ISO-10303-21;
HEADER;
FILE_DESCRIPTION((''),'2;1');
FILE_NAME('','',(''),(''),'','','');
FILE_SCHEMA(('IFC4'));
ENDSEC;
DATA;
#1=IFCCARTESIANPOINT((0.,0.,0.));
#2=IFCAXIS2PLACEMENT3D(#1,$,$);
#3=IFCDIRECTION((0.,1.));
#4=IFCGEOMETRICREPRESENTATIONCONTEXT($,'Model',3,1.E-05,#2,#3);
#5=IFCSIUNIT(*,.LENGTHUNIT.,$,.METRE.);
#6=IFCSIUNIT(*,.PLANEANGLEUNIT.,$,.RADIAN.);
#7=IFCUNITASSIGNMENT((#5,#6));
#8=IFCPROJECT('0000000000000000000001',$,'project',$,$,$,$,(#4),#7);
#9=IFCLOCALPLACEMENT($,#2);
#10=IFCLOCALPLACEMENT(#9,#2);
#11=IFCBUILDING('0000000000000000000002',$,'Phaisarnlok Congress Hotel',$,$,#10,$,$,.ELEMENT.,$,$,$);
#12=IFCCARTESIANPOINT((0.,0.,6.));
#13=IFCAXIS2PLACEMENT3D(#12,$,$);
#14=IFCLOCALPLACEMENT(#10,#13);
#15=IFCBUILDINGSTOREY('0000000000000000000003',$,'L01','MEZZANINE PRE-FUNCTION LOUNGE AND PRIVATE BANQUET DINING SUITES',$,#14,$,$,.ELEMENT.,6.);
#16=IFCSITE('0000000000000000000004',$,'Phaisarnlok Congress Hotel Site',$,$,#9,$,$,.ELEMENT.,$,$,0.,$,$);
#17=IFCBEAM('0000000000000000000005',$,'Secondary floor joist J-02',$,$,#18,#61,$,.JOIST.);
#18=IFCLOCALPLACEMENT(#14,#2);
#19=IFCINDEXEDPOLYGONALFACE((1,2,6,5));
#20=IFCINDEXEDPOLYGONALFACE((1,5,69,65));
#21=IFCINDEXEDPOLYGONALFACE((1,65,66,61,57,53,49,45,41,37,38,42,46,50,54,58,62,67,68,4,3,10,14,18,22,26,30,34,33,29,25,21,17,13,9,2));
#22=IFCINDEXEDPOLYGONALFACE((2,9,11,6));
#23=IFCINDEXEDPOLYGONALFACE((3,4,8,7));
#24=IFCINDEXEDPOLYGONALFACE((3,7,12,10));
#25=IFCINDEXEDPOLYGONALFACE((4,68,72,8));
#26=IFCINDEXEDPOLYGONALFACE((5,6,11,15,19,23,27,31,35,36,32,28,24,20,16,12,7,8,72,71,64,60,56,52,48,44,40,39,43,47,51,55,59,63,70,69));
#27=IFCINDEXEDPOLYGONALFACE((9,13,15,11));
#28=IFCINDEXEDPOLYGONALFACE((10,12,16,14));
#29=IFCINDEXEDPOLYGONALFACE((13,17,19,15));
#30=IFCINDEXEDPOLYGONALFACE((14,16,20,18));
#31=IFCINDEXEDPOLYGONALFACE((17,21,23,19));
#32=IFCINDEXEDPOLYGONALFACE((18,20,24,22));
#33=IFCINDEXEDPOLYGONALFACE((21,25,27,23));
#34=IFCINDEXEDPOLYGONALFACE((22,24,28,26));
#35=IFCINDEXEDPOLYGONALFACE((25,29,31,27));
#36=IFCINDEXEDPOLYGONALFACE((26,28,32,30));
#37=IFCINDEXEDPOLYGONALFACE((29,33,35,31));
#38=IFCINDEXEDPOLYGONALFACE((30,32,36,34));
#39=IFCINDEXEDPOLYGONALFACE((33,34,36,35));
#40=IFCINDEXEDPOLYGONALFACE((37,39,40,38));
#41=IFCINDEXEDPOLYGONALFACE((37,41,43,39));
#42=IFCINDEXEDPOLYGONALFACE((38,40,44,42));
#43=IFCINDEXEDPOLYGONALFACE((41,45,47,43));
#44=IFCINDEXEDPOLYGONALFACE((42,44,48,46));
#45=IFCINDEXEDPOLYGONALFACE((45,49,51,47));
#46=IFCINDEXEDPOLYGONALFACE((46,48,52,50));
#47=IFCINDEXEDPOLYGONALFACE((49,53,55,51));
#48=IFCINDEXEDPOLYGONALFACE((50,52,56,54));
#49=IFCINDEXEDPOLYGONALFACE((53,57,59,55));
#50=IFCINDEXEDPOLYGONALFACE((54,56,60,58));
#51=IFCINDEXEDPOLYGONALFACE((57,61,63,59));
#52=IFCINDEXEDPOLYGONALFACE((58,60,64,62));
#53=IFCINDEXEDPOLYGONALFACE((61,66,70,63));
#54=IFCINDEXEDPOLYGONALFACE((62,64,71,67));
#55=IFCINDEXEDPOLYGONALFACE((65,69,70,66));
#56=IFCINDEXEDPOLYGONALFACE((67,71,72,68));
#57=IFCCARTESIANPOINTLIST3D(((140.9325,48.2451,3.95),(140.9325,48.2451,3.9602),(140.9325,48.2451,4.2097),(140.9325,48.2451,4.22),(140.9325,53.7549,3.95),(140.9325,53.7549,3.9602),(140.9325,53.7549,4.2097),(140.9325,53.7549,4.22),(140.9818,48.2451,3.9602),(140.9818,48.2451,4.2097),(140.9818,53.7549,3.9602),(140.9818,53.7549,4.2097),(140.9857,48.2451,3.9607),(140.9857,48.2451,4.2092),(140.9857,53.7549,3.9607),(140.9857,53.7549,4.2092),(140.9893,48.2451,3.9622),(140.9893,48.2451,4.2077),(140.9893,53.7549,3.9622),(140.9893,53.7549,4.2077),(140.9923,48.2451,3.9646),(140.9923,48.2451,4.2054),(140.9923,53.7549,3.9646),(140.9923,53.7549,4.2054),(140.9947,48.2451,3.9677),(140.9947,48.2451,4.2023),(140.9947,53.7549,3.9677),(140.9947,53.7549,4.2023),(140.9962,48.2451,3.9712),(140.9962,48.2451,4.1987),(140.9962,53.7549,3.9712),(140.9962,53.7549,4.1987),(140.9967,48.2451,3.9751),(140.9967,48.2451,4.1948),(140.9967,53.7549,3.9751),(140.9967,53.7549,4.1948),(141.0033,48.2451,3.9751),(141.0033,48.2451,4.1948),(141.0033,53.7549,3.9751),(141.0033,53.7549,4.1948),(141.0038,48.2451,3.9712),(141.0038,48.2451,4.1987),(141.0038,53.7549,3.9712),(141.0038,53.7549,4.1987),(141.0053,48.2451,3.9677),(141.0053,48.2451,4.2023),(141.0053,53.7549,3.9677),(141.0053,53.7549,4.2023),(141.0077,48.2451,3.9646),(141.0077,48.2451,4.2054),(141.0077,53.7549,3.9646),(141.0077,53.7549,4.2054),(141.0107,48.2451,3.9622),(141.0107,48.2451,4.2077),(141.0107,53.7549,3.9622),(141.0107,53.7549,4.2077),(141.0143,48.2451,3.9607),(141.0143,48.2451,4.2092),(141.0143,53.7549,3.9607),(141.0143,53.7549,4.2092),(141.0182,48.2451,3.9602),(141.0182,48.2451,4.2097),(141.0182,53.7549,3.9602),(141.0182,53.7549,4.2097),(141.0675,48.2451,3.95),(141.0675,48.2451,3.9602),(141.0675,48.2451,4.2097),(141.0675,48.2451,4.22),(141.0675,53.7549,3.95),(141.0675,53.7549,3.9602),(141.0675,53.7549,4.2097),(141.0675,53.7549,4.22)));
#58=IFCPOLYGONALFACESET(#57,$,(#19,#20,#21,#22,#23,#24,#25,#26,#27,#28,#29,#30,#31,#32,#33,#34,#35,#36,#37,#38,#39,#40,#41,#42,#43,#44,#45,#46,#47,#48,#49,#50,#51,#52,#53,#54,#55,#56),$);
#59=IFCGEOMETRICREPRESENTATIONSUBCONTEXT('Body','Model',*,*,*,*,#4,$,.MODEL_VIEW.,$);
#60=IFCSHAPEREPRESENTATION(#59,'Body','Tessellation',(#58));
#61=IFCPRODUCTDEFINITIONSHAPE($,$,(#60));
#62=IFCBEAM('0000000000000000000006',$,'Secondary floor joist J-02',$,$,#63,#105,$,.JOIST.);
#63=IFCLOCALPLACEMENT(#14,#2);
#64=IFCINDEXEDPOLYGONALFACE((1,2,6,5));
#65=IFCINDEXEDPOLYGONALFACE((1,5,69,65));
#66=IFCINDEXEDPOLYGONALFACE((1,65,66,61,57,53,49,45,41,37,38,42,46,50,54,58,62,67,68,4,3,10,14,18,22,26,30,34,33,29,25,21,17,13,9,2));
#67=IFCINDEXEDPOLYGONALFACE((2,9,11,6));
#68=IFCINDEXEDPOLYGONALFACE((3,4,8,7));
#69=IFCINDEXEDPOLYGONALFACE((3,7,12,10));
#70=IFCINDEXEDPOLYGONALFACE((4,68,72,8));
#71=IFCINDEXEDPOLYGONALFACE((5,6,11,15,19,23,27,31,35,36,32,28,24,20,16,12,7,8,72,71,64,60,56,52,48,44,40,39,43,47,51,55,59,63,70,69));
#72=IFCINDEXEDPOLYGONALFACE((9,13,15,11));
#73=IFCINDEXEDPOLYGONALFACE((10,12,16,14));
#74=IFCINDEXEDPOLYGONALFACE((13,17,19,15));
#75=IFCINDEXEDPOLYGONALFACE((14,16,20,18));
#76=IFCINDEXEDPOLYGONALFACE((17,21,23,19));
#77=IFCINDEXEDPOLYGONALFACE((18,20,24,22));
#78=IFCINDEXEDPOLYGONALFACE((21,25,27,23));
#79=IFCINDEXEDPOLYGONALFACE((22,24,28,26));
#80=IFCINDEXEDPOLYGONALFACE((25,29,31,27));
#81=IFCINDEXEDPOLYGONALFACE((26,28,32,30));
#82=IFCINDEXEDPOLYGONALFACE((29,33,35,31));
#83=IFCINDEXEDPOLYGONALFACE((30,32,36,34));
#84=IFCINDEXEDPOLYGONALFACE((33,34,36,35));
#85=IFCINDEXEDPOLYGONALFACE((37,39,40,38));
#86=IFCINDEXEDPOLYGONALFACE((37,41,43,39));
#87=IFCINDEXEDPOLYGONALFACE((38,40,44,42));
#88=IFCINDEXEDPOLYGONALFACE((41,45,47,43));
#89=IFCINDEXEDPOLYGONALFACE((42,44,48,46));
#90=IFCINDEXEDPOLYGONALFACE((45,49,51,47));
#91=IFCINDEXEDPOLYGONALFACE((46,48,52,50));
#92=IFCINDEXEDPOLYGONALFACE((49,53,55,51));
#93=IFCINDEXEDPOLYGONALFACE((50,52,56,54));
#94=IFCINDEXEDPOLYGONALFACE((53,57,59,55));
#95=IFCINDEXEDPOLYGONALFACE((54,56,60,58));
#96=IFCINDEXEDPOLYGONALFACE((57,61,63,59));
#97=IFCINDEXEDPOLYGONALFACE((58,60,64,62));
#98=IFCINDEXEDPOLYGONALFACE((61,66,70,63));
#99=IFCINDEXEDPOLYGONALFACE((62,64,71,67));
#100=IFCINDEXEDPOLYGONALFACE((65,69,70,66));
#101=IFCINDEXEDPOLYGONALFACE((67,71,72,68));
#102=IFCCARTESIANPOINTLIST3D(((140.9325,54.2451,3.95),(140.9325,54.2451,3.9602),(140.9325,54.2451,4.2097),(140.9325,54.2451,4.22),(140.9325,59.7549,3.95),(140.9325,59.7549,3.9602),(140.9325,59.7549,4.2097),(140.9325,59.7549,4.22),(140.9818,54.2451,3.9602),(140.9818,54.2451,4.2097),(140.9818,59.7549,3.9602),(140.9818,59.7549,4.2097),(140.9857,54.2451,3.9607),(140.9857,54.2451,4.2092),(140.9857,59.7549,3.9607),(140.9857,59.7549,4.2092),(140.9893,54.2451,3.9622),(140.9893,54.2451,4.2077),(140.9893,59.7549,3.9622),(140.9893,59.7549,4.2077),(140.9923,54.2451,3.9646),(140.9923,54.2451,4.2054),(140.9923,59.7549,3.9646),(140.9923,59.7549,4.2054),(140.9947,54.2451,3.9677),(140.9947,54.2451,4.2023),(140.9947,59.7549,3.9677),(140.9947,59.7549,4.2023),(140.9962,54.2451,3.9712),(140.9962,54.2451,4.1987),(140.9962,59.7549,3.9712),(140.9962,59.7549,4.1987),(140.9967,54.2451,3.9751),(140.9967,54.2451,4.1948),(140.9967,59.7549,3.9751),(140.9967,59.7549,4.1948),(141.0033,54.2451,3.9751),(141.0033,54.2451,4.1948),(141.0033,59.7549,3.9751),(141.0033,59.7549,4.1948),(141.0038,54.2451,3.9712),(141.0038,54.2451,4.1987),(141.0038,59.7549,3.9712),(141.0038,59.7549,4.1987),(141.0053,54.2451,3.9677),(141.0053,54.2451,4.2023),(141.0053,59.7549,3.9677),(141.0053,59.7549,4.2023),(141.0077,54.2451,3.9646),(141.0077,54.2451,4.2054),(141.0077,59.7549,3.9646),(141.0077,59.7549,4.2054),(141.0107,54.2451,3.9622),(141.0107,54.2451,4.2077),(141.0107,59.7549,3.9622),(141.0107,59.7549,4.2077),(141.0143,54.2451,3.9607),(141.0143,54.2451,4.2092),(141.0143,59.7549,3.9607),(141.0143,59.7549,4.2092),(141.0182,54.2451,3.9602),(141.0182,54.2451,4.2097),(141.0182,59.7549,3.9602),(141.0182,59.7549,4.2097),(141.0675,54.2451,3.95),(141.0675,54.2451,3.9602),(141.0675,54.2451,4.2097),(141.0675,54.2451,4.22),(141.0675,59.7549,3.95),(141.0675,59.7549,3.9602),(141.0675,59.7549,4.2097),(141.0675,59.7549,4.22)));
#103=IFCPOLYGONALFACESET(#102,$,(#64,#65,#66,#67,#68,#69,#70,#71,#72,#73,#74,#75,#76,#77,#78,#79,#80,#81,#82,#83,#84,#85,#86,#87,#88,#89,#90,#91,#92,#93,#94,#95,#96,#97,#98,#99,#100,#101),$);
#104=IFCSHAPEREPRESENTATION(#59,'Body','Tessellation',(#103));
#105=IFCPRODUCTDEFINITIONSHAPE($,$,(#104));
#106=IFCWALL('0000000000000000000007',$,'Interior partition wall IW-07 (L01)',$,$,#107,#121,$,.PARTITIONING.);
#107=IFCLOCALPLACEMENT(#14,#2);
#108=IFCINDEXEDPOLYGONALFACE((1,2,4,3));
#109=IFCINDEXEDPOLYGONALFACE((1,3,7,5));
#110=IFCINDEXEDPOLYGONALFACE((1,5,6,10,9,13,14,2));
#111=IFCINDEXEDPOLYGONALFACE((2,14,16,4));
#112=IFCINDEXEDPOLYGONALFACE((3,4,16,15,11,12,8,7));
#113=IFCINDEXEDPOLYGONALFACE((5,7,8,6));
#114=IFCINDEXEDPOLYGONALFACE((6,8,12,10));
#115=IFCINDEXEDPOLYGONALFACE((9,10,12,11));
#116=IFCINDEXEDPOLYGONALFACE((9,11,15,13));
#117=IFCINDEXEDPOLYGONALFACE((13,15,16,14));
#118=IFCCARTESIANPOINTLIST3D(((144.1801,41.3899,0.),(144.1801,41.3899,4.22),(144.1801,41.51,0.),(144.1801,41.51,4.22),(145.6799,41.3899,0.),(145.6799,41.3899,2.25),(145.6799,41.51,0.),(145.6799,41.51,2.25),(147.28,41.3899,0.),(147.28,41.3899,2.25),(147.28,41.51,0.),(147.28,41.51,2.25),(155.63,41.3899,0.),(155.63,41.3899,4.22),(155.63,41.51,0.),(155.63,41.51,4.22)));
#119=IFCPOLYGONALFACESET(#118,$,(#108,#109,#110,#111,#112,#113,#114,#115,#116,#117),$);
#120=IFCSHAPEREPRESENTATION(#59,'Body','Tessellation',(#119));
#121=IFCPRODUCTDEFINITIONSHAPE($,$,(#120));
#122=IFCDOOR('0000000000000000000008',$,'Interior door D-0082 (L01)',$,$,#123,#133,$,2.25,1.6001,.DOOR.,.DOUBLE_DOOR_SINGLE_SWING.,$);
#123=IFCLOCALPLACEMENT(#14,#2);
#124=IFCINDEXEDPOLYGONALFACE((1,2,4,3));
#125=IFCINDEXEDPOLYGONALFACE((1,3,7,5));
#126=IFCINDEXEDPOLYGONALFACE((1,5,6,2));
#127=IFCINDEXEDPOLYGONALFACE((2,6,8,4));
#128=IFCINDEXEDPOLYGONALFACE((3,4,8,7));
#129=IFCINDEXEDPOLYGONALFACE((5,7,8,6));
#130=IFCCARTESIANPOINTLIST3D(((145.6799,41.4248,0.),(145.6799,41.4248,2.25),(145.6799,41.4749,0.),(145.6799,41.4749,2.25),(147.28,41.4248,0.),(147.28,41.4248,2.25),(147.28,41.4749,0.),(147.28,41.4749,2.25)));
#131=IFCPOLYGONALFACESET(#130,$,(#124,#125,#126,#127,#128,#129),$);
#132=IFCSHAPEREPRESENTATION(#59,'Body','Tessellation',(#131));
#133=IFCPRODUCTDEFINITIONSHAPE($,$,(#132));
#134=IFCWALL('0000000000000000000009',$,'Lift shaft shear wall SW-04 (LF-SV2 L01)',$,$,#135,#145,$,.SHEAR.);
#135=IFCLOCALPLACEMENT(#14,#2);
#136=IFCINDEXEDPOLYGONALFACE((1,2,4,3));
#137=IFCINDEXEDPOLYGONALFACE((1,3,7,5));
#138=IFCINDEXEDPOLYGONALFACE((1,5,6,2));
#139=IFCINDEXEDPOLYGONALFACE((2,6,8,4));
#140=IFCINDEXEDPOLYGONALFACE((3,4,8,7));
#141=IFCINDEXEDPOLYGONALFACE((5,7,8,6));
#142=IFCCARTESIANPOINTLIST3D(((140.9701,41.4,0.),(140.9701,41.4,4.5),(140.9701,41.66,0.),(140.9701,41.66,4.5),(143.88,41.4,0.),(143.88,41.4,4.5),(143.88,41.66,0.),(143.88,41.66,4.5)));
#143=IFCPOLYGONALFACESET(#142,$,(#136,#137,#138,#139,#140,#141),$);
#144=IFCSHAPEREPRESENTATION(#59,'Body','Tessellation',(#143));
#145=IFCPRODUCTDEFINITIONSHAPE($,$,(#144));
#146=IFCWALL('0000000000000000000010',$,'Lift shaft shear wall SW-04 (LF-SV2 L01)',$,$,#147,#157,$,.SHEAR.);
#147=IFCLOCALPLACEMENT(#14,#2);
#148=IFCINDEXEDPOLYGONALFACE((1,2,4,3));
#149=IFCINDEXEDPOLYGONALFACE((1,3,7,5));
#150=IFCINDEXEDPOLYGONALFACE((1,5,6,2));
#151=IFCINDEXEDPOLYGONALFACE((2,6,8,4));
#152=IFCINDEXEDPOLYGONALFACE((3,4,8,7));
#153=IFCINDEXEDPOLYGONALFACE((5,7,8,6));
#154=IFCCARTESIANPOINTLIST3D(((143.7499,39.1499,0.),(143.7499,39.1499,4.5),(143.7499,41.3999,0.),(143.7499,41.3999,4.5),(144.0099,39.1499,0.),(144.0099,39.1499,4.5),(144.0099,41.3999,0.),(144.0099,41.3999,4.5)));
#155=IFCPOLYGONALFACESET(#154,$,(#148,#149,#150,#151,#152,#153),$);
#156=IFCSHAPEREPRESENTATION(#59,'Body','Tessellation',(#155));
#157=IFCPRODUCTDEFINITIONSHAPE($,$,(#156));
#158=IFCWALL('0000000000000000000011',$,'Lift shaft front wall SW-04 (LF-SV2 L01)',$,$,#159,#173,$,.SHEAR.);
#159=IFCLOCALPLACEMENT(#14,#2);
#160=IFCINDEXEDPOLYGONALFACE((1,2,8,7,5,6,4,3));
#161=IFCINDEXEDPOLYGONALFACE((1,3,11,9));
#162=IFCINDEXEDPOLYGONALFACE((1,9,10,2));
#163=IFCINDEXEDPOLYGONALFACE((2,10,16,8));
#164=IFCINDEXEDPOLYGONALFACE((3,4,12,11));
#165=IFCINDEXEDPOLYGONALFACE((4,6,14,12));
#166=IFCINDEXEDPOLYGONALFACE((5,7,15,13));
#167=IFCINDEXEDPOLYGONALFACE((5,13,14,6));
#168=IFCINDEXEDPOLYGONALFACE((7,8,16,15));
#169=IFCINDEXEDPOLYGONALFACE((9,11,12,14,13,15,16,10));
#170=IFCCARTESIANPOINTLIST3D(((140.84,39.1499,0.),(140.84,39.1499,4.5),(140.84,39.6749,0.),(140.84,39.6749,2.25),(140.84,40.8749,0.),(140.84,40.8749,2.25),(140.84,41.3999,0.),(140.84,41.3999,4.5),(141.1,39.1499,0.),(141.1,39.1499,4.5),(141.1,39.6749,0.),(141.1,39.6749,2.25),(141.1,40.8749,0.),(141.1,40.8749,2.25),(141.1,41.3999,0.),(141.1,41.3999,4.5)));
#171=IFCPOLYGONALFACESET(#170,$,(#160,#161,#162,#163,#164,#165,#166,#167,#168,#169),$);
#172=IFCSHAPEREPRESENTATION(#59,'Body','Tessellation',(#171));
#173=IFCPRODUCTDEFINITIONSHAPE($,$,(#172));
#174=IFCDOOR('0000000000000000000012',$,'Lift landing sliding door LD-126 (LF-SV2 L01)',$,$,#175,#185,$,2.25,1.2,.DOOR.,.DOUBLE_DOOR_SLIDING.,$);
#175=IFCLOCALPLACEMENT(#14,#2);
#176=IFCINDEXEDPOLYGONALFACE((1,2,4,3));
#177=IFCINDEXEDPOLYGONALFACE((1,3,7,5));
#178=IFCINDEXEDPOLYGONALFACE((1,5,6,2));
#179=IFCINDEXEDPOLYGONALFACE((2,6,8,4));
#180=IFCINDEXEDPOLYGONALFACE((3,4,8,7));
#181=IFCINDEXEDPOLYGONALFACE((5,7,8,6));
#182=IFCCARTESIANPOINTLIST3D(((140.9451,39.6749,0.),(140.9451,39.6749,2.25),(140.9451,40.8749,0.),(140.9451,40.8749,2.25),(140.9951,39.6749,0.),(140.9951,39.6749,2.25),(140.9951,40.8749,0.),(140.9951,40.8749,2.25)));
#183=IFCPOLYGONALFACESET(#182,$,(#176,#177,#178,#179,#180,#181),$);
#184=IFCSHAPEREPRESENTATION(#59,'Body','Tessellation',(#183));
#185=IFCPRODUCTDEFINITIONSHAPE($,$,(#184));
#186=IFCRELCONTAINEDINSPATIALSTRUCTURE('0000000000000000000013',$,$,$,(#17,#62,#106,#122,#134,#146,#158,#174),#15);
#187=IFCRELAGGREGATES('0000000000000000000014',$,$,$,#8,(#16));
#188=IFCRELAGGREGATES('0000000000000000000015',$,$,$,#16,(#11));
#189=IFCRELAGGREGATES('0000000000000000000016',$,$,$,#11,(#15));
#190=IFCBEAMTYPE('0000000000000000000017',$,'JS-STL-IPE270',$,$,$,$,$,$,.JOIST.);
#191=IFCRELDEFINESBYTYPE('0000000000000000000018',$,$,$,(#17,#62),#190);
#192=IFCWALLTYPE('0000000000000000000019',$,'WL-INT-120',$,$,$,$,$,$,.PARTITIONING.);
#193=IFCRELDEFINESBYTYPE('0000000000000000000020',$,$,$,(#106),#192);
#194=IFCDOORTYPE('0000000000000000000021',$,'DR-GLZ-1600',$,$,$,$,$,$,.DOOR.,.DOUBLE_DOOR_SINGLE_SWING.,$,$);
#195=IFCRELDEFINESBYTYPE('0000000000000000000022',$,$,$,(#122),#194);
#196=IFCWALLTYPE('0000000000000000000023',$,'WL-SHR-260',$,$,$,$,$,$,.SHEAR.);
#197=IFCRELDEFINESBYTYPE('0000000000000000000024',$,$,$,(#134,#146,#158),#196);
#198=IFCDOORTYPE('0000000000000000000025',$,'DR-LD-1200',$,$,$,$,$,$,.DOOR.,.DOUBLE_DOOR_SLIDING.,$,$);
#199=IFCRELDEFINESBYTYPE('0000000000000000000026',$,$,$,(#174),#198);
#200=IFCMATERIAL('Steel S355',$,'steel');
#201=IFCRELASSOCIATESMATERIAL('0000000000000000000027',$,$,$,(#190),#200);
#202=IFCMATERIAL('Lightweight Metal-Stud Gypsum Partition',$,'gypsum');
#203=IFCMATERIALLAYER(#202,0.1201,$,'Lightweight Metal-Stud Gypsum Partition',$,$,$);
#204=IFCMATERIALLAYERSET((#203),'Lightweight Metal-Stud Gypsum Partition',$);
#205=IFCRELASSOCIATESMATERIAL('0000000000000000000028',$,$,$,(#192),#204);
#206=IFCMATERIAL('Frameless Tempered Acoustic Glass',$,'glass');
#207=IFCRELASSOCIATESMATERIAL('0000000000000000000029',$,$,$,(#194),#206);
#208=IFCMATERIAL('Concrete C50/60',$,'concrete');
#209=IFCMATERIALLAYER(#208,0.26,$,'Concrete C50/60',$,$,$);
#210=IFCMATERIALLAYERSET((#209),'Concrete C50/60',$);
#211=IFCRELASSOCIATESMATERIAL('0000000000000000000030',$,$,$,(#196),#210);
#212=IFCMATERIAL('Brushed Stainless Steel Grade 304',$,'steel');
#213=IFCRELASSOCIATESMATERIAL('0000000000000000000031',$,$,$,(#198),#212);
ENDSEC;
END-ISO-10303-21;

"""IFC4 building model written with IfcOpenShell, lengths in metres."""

from ifc_helpers import new_model, si_unit, direction, frame, frame_2d, origin, origin_2d, place, context, subcontext, project, spatial, rectangle, i_section, extrude, material, layer, layer_set, material_profile, profile_set, type_object, element, fill, save


model = new_model("IFC4")

# Units and contexts
model_context = context("Model", 3, precision=1e-05, world=origin(), true_north=direction((0.0, 1.0)))
body_context = subcontext(model_context, "Body", "Model", "MODEL_VIEW")
ifc_project = project(units=[si_unit("LENGTHUNIT", "METRE"), si_unit("PLANEANGLEUNIT", "RADIAN")], contexts=[model_context])

# Site, building, storey
site_placement = place(None, origin())
site = spatial("IfcSite", under=ifc_project, at=site_placement, Name="Phaisarnlok Congress Hotel Site", CompositionType="ELEMENT", RefElevation=0.0)
building_placement = place(site_placement, origin())
building = spatial("IfcBuilding", under=site, at=building_placement, Name="Phaisarnlok Congress Hotel", CompositionType="ELEMENT")
storey_placement = place(building_placement, frame((0.0, 0.0, 6.0)))
storey = spatial("IfcBuildingStorey", under=building, at=storey_placement, Name="L01", Description="MEZZANINE PRE-FUNCTION LOUNGE AND PRIVATE BANQUET DINING SUITES", CompositionType="ELEMENT", Elevation=6.0)

# Shared definitions
ifc_material_1 = material(Name="Concrete C50/60", Category="concrete")

# Beams
ifc_material_2 = material(Name="Steel S355", Category="steel")
ifc_material_profile_1 = material_profile(ifc_material_2, i_section(OverallWidth=0.135, OverallDepth=0.27, WebThickness=0.0066, FlangeThickness=0.0103, FilletRadius=0.0149, at=origin_2d()), Name="IPE 270")
ifc_profile_set_1 = profile_set([ifc_material_profile_1], Name="Steel S355")
beam_type_1 = type_object("IfcBeamType", Name="JS-STL-IPE270", PredefinedType="JOIST", material=ifc_profile_set_1)
for number, where, z_axis, x_axis, name in (
    (1, (141.0, 48.2451, 4.085), (0.0, 1.0, 0.0), (-1.0, 0.0, 0.0), "Secondary floor joist J-02"),
    (2, (141.0, 54.2451, 4.085), (0.0, 1.0, 0.0), (-1.0, 0.0, 0.0), "Secondary floor joist J-02"),
):
    element("IfcBeam", number, at=place(storey_placement, frame(where, z_axis=z_axis, x_axis=x_axis)), inside=storey, type_object=beam_type_1, Name=name, PredefinedType="JOIST", context=body_context, shape_type="SweptSolid", body=[
        extrude(i_section(OverallWidth=0.135, OverallDepth=0.27, WebThickness=0.0066, FlangeThickness=0.0103, FilletRadius=0.0149, at=origin_2d()), origin(), (0.0, 0.0, 1.0), 5.5098),
    ])

# Wall, opening, door
ifc_material_3 = material(Name="Lightweight Metal-Stud Gypsum Partition", Category="gypsum")
ifc_layer_1 = layer(ifc_material_3, 0.1201, Name="Lightweight Metal-Stud Gypsum Partition")
ifc_layer_set_1 = layer_set([ifc_layer_1], Name="Lightweight Metal-Stud Gypsum Partition")
wall_type_1 = type_object("IfcWallType", Name="WL-INT-120", PredefinedType="PARTITIONING", material=ifc_layer_set_1)
wall_1_placement = place(storey_placement, frame((144.1799, 41.45, 0.0), z_axis=(0.0, 0.0, 1.0), x_axis=(1.0, 0.0, 0.0)))
wall_1 = element("IfcWall", 3, at=wall_1_placement, inside=storey, type_object=wall_type_1, Name="Interior partition wall IW-07 (L01)", PredefinedType="PARTITIONING", context=body_context, shape_type="SweptSolid", body=[
    extrude(rectangle(XDim=11.45, YDim=0.1201, at=frame_2d((5.7251, 0.0))), origin(), (0.0, 0.0, 1.0), 4.22),
])
opening_1_placement = place(wall_1_placement, frame((1.5, 0.0, 0.0)))
opening_1 = element("IfcOpeningElement", 4, at=opening_1_placement, cuts=wall_1, PredefinedType="OPENING", context=body_context, shape_type="SweptSolid", body=[
    extrude(rectangle(XDim=1.6001, YDim=2.25, at=frame_2d((0.8, 1.125))), frame((0.0, 0.0701, 0.0), z_axis=(0.0, -1.0, 0.0), x_axis=(1.0, 0.0, 0.0)), (0.0, 0.0, 1.0), 0.1401),
])
ifc_material_4 = material(Name="Frameless Tempered Acoustic Glass", Category="glass")
door_type_1 = type_object("IfcDoorType", Name="DR-GLZ-1600", OperationType="DOUBLE_DOOR_SINGLE_SWING", PredefinedType="DOOR", material=ifc_material_4)
door_1_placement = place(opening_1_placement, origin())
door_1 = element("IfcDoor", 5, at=door_1_placement, inside=storey, type_object=door_type_1, Name="Interior door D-0082 (L01)", OperationType="DOUBLE_DOOR_SINGLE_SWING", OverallHeight=2.25, OverallWidth=1.6001, PredefinedType="DOOR", context=body_context, shape_type="SweptSolid", body=[
    extrude(rectangle(XDim=1.6001, YDim=2.25, at=frame_2d((0.8, 1.125))), frame((0.0, 0.0249, 0.0), z_axis=(0.0, -1.0, 0.0), x_axis=(1.0, 0.0, 0.0)), (0.0, 0.0, 1.0), 0.05),
])
fill(opening_1, door_1)

# Walls
ifc_layer_2 = layer(ifc_material_1, 0.26, Name="Concrete C50/60")
ifc_layer_set_2 = layer_set([ifc_layer_2], Name="Concrete C50/60")
wall_type_2 = type_object("IfcWallType", Name="WL-SHR-260", PredefinedType="SHEAR", material=ifc_layer_set_2)
wall_2_placement = place(storey_placement, frame((140.97, 41.53, 0.0), z_axis=(0.0, 0.0, 1.0), x_axis=(1.0, 0.0, 0.0)))
element("IfcWall", 6, at=wall_2_placement, inside=storey, type_object=wall_type_2, Name="Lift shaft shear wall SW-04 (LF-SV2 L01)", PredefinedType="SHEAR", context=body_context, shape_type="SweptSolid", body=[
    extrude(rectangle(XDim=2.9099, YDim=0.26, at=frame_2d((1.4551, 0.0))), origin(), (0.0, 0.0, 1.0), 4.5),
])
wall_3_placement = place(storey_placement, frame((143.8799, 39.1499, 0.0), z_axis=(0.0, 0.0, 1.0), x_axis=(0.0, 1.0, 0.0)))
element("IfcWall", 7, at=wall_3_placement, inside=storey, type_object=wall_type_2, Name="Lift shaft shear wall SW-04 (LF-SV2 L01)", PredefinedType="SHEAR", context=body_context, shape_type="SweptSolid", body=[
    extrude(rectangle(XDim=2.25, YDim=0.26, at=frame_2d((1.125, 0.0))), origin(), (0.0, 0.0, 1.0), 4.5),
])

# Wall, opening, door
wall_4_placement = place(storey_placement, frame((140.97, 39.1499, 0.0), z_axis=(0.0, 0.0, 1.0), x_axis=(0.0, 1.0, 0.0)))
wall_4 = element("IfcWall", 8, at=wall_4_placement, inside=storey, type_object=wall_type_2, Name="Lift shaft front wall SW-04 (LF-SV2 L01)", PredefinedType="SHEAR", context=body_context, shape_type="SweptSolid", body=[
    extrude(rectangle(XDim=2.25, YDim=0.26, at=frame_2d((1.125, 0.0))), origin(), (0.0, 0.0, 1.0), 4.5),
])
opening_2_placement = place(wall_4_placement, frame((0.5249, 0.0, 0.0)))
opening_2 = element("IfcOpeningElement", 9, at=opening_2_placement, cuts=wall_4, PredefinedType="OPENING", context=body_context, shape_type="SweptSolid", body=[
    extrude(rectangle(XDim=1.2, YDim=2.25, at=frame_2d((0.6001, 1.125))), frame((0.0, 0.1401, 0.0), z_axis=(0.0, -1.0, 0.0), x_axis=(1.0, 0.0, 0.0)), (0.0, 0.0, 1.0), 0.28),
])
ifc_material_5 = material(Name="Brushed Stainless Steel Grade 304", Category="steel")
door_type_2 = type_object("IfcDoorType", Name="DR-LD-1200", OperationType="DOUBLE_DOOR_SLIDING", PredefinedType="DOOR", material=ifc_material_5)
door_2_placement = place(opening_2_placement, origin())
door_2 = element("IfcDoor", 10, at=door_2_placement, inside=storey, type_object=door_type_2, Name="Lift landing sliding door LD-126 (LF-SV2 L01)", OperationType="DOUBLE_DOOR_SLIDING", OverallHeight=2.25, OverallWidth=1.2, PredefinedType="DOOR", context=body_context, shape_type="SweptSolid", body=[
    extrude(rectangle(XDim=1.2, YDim=2.25, at=frame_2d((0.6001, 1.125))), frame((0.0, 0.0249, 0.0), z_axis=(0.0, -1.0, 0.0), x_axis=(1.0, 0.0, 0.0)), (0.0, 0.0, 1.0), 0.05),
])
fill(opening_2, door_2)

save(model, "model.ifc")
